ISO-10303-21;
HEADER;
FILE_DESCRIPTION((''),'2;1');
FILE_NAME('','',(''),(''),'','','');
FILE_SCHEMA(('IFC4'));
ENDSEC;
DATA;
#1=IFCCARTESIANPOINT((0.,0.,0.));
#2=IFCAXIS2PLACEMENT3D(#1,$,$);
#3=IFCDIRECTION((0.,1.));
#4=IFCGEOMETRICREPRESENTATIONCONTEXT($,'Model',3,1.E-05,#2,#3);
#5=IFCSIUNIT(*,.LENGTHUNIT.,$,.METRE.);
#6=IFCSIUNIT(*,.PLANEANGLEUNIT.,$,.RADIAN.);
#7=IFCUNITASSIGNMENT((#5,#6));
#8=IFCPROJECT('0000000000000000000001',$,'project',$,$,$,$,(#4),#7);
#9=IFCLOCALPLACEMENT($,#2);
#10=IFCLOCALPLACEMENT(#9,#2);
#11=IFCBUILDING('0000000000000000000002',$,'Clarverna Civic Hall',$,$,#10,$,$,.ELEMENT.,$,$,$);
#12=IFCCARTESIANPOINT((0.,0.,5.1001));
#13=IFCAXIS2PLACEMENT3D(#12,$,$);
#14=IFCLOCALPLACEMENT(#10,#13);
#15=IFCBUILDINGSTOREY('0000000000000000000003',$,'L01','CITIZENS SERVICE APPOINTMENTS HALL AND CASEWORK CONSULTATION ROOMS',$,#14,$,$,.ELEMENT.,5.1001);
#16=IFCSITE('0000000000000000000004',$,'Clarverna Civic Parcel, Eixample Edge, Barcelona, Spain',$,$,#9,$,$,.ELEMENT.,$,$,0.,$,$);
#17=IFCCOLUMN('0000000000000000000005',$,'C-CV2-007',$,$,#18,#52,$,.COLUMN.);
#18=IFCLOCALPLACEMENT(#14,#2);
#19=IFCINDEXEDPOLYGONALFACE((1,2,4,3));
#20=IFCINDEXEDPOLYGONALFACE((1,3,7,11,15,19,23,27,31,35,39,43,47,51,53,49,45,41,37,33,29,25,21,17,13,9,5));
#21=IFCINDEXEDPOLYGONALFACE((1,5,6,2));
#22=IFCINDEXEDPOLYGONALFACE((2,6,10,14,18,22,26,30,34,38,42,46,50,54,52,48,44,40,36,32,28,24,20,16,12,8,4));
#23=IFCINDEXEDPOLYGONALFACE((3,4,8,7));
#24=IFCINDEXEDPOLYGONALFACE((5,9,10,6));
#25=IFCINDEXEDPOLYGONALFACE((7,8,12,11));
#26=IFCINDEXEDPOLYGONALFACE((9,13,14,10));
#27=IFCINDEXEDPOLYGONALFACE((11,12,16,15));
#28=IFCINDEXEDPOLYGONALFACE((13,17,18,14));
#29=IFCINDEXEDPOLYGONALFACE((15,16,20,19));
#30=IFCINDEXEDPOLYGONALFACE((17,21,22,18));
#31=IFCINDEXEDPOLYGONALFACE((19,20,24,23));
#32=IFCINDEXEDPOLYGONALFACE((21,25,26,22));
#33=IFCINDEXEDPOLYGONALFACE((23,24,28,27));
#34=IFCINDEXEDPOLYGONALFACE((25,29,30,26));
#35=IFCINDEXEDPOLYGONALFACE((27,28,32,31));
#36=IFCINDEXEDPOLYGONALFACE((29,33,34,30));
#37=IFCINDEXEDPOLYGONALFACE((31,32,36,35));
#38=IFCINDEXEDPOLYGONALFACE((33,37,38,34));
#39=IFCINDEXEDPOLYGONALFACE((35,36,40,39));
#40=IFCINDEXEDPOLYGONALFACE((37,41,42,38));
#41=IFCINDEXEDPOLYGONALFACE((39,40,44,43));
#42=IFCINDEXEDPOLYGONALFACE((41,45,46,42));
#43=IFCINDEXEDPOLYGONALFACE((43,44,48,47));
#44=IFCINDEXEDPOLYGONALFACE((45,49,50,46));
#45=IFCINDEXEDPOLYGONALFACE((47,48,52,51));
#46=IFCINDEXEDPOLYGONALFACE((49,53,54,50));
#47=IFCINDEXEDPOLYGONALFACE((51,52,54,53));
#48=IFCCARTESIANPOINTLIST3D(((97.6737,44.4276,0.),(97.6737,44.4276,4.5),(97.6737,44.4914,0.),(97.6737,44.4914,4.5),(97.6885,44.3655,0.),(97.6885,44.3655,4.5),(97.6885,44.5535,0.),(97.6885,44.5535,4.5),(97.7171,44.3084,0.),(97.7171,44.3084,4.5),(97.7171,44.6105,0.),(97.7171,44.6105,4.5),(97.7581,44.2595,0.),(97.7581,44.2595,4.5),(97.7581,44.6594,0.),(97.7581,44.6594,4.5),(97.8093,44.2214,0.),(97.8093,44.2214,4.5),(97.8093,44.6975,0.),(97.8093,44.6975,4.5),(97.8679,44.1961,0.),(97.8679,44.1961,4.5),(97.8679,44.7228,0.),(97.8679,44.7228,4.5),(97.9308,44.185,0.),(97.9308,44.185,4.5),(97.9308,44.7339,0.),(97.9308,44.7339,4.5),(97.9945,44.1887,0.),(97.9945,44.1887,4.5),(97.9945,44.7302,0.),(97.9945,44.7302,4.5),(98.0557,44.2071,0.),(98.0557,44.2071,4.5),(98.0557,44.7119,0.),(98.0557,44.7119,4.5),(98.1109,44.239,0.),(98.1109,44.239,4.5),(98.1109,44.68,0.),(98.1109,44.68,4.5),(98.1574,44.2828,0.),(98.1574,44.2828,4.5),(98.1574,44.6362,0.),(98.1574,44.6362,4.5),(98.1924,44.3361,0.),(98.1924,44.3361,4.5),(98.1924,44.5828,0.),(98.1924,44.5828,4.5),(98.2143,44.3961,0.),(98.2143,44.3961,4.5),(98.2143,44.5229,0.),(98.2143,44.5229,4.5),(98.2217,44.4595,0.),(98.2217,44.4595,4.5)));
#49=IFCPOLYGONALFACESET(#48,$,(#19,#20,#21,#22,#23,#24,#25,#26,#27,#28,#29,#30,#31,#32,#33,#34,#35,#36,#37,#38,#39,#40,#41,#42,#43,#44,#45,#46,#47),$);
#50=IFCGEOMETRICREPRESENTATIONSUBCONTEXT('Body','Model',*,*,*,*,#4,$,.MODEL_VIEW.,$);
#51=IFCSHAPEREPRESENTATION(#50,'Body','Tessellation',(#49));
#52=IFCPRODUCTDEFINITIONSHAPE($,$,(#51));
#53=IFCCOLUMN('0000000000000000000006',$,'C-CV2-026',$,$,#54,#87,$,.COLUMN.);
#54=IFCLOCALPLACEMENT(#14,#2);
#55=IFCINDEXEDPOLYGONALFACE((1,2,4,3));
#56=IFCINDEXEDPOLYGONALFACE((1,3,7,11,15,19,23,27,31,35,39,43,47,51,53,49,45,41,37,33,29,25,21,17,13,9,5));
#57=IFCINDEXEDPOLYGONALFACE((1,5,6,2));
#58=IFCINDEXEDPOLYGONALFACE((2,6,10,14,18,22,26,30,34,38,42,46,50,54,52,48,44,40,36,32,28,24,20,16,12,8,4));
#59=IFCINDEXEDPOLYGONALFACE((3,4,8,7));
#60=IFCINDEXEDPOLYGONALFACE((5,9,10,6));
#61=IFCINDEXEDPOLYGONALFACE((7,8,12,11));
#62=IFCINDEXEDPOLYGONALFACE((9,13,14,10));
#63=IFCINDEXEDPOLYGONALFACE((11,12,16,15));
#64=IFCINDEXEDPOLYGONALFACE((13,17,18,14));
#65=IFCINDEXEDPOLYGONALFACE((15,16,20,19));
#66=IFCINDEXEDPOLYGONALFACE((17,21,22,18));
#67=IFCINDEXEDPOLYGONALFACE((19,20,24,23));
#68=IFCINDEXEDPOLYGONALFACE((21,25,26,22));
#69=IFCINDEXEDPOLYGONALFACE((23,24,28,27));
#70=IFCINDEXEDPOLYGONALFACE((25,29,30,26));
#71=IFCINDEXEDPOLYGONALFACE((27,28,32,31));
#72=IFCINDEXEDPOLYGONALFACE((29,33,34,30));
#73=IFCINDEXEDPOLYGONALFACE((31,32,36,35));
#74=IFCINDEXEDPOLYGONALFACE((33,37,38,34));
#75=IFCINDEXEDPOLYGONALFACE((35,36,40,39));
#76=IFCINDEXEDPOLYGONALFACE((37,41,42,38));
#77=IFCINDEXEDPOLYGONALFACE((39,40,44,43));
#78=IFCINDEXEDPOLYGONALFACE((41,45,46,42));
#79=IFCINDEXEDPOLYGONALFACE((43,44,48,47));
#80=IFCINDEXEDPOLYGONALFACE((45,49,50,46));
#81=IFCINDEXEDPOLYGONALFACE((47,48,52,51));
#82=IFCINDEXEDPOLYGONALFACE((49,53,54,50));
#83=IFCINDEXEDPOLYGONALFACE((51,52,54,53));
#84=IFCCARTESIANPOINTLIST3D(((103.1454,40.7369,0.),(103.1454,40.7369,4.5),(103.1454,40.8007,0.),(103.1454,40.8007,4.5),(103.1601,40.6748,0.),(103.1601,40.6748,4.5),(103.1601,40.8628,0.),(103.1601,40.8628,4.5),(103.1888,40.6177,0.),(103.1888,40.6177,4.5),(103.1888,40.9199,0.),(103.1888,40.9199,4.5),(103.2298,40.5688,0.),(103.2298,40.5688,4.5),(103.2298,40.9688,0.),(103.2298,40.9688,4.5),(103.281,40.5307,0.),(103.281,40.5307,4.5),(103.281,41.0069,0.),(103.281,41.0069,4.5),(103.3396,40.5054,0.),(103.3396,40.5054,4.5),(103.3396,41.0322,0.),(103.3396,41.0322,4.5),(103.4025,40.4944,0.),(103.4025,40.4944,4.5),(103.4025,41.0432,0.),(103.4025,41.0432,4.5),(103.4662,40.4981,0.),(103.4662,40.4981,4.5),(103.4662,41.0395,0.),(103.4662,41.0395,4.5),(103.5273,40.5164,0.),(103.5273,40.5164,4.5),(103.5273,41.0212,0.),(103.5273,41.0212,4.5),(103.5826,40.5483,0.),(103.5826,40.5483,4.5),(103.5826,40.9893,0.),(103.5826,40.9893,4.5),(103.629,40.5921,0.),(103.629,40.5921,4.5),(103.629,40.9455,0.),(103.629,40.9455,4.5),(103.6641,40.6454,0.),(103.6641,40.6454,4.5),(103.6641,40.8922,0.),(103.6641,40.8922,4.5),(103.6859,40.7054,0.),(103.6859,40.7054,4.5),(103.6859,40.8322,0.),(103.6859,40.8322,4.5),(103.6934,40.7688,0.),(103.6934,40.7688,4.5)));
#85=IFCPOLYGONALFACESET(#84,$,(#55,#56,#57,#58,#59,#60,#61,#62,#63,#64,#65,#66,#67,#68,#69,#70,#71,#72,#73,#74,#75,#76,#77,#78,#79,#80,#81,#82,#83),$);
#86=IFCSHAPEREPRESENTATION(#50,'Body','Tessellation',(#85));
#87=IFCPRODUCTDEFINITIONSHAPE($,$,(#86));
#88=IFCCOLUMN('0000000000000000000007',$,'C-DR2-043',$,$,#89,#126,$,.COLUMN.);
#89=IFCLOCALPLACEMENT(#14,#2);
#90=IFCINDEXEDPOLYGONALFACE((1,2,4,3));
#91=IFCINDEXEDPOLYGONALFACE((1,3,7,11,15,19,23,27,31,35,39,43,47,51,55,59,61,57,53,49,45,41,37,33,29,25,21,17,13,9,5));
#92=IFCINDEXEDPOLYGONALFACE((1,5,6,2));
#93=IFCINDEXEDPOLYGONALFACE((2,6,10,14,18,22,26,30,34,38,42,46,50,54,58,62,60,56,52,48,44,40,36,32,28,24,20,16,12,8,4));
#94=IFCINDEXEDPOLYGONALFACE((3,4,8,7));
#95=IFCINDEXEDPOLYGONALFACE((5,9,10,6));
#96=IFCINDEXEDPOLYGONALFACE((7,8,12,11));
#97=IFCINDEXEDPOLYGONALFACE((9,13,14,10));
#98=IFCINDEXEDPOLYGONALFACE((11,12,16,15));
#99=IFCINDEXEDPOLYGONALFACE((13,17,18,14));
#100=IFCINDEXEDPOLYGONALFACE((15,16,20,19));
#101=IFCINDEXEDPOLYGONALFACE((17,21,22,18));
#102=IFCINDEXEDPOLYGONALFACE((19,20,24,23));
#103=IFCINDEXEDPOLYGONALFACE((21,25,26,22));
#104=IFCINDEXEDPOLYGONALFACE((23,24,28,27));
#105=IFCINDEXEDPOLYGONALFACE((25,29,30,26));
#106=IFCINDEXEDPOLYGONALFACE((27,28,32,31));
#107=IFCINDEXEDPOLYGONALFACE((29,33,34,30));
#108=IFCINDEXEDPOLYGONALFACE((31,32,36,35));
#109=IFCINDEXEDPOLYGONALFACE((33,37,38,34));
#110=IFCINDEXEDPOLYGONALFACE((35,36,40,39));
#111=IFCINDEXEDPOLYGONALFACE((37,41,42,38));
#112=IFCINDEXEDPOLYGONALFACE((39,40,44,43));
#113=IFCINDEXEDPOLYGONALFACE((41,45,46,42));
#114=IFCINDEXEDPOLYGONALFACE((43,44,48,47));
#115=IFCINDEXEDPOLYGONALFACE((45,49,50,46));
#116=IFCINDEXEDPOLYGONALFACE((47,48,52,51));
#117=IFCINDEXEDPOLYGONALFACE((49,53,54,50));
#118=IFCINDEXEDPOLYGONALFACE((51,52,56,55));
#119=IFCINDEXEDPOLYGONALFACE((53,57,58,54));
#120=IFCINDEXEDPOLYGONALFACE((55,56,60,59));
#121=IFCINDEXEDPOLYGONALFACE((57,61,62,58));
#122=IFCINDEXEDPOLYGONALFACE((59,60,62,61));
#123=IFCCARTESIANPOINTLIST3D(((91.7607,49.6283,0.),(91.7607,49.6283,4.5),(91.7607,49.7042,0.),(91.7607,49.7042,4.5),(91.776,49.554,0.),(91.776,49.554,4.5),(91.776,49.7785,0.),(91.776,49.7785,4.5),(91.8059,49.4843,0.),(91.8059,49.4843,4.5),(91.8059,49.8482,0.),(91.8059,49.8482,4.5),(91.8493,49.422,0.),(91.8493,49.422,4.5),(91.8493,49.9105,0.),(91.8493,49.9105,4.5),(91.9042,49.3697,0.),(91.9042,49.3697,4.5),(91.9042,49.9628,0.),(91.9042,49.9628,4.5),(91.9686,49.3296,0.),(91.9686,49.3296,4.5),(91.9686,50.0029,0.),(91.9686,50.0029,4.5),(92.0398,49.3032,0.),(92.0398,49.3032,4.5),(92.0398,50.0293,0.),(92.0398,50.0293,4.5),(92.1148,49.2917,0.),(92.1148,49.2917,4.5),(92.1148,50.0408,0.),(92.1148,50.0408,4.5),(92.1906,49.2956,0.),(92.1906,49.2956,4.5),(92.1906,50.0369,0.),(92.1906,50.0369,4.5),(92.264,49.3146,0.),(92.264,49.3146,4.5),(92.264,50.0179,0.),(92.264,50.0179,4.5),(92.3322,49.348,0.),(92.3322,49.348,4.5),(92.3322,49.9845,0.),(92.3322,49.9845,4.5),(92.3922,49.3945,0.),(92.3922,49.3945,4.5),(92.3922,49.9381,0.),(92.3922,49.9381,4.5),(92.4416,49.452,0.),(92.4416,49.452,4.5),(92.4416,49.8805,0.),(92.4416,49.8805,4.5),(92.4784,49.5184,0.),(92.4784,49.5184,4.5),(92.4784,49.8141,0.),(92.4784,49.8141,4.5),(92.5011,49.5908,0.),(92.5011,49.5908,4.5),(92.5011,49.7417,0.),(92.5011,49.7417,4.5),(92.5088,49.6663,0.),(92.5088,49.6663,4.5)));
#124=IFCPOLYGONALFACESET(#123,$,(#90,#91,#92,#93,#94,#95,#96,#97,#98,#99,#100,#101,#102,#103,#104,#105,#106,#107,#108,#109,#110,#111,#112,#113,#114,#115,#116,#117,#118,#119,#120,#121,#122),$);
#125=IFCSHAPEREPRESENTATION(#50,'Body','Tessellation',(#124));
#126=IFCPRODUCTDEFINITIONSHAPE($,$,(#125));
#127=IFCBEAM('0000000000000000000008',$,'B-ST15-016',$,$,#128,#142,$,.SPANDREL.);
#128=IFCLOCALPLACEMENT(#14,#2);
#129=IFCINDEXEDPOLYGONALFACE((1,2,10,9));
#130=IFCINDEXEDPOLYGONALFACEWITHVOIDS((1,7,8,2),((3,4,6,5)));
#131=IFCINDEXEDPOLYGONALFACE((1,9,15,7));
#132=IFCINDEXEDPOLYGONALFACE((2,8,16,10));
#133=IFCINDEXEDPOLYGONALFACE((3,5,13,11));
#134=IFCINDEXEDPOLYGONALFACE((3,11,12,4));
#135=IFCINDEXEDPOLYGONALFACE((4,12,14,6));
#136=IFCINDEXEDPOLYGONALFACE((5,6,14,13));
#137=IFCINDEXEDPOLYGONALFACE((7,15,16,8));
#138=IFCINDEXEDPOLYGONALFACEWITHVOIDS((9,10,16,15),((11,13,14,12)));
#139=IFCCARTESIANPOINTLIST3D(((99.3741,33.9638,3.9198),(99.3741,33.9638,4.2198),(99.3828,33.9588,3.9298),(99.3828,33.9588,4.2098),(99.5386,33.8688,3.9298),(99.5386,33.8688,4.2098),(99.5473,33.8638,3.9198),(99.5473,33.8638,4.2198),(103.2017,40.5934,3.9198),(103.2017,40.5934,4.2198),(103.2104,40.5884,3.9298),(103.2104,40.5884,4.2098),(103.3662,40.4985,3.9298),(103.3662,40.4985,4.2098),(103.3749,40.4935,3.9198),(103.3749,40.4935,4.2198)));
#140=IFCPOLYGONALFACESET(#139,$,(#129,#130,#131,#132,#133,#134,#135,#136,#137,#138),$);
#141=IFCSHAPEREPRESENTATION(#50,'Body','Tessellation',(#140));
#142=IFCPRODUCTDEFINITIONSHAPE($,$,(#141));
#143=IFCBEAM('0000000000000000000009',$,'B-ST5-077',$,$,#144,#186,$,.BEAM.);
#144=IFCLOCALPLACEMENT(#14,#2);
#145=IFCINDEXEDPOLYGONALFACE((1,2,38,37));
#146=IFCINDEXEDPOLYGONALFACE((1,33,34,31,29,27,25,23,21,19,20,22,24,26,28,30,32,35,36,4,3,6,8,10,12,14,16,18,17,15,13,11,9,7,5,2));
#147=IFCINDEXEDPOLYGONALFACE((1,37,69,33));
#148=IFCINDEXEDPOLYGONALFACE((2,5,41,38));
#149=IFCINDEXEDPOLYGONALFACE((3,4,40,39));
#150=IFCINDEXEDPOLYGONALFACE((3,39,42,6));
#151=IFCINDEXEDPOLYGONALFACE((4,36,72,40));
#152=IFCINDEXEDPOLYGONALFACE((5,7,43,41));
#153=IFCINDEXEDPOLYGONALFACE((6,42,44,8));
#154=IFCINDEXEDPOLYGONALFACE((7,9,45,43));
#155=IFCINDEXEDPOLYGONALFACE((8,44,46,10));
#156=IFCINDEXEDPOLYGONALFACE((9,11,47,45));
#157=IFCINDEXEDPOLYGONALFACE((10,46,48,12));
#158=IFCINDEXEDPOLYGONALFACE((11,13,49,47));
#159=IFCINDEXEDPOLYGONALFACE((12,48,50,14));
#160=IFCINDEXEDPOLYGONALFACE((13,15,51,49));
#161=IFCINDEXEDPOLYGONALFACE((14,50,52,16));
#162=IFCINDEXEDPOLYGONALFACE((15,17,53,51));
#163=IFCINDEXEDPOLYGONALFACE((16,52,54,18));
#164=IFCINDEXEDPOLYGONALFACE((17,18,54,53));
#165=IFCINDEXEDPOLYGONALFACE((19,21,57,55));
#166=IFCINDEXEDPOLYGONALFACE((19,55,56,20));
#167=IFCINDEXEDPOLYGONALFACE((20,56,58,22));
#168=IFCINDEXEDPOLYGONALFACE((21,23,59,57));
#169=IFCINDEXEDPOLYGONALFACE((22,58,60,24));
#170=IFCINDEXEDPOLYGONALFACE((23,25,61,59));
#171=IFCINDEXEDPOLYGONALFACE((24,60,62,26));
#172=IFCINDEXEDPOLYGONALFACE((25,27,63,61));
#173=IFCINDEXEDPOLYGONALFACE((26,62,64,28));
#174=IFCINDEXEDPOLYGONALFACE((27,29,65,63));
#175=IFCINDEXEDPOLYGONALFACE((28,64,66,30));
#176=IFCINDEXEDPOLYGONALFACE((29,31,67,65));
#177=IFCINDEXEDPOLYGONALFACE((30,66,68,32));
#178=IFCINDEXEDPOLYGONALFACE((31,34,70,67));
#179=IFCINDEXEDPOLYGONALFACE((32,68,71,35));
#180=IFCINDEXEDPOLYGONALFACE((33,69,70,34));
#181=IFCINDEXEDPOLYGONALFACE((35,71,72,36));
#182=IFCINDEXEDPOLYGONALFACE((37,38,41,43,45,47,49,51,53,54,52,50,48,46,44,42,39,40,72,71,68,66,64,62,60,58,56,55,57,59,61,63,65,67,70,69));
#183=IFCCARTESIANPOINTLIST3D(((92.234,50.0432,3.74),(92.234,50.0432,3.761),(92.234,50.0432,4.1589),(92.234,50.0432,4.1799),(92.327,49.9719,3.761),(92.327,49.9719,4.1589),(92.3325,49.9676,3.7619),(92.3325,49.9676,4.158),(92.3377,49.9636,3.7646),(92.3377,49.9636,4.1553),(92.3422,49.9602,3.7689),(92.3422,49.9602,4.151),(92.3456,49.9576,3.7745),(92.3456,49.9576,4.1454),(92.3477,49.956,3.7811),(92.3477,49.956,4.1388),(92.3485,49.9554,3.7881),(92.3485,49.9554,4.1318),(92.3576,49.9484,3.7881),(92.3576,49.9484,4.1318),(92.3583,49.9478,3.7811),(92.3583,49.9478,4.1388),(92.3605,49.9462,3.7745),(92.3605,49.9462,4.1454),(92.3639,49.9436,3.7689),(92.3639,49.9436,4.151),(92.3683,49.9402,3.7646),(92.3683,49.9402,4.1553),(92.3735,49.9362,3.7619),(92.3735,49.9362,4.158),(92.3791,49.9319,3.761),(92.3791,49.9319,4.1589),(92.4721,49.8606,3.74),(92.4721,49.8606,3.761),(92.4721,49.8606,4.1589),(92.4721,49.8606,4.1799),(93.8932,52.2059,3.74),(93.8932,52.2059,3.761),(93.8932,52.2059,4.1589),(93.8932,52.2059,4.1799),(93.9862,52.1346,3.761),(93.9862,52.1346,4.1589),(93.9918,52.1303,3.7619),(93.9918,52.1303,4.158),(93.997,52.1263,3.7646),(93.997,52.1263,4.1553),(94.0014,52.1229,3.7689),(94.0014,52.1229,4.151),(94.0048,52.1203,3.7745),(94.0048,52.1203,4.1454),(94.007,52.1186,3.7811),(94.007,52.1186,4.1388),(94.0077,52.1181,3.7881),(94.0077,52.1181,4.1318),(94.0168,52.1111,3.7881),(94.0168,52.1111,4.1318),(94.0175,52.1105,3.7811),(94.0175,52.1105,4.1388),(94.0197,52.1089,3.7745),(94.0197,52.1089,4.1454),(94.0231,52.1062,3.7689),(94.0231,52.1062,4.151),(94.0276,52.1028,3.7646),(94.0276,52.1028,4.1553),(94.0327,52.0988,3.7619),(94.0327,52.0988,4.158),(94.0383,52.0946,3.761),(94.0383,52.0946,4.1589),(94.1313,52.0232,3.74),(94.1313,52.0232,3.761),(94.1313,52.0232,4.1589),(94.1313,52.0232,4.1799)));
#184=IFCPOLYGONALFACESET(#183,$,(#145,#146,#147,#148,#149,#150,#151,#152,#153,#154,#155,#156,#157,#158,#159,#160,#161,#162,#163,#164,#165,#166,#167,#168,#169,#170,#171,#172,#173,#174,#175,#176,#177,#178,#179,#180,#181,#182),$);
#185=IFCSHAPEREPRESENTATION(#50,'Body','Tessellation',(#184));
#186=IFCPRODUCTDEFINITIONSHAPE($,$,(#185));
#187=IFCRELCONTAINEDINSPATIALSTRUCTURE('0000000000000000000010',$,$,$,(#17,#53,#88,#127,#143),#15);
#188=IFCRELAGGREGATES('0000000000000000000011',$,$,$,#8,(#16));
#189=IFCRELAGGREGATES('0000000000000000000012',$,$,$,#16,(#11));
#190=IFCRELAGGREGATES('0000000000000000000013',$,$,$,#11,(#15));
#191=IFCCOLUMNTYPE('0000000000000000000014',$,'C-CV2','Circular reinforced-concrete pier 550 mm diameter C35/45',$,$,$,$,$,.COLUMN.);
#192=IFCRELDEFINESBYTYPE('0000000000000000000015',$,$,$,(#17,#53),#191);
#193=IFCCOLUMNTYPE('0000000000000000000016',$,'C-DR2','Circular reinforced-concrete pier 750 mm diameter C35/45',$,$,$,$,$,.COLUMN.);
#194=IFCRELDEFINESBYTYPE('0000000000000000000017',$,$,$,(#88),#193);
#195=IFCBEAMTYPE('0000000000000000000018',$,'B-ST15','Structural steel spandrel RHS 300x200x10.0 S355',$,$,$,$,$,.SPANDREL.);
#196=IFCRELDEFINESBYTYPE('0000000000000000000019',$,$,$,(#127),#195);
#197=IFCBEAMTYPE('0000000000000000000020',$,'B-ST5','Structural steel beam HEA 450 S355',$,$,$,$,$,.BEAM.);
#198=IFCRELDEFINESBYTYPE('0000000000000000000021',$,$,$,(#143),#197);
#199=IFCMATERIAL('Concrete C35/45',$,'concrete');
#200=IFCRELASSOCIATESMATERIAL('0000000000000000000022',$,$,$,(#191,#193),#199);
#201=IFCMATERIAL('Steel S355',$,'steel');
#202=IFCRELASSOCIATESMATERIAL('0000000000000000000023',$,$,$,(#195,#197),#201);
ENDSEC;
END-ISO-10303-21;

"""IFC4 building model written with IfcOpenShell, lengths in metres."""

from ifc_helpers import new_model, si_unit, direction, frame, origin, origin_2d, place, context, subcontext, project, spatial, hollow_rectangle, circle, i_section, extrude, material, material_profile, profile_set, type_object, element, save


model = new_model("IFC4")

# Units and contexts
model_context = context("Model", 3, precision=1e-05, world=origin(), true_north=direction((0.0, 1.0)))
body_context = subcontext(model_context, "Body", "Model", "MODEL_VIEW")
ifc_project = project(units=[si_unit("LENGTHUNIT", "METRE"), si_unit("PLANEANGLEUNIT", "RADIAN")], contexts=[model_context])

# Site, building, storey
site_placement = place(None, origin())
site = spatial("IfcSite", under=ifc_project, at=site_placement, Name="Clarverna Civic Parcel, Eixample Edge, Barcelona, Spain", CompositionType="ELEMENT", RefElevation=0.0)
building_placement = place(site_placement, origin())
building = spatial("IfcBuilding", under=site, at=building_placement, Name="Clarverna Civic Hall", CompositionType="ELEMENT")
storey_placement = place(building_placement, frame((0.0, 0.0, 5.1001)))
storey = spatial("IfcBuildingStorey", under=building, at=storey_placement, Name="L01", Description="CITIZENS SERVICE APPOINTMENTS HALL AND CASEWORK CONSULTATION ROOMS", CompositionType="ELEMENT", Elevation=5.1001)

# Columns
ifc_material_1 = material(Name="Concrete C35/45", Category="concrete")
ifc_material_profile_1 = material_profile(ifc_material_1, circle(Radius=0.2749, at=origin_2d()), Name="RC D550")
ifc_profile_set_1 = profile_set([ifc_material_profile_1], Name="Concrete C35/45")
column_type_1 = type_object("IfcColumnType", Name="C-CV2", Description="Circular reinforced-concrete pier 550 mm diameter C35/45", PredefinedType="COLUMN", material=ifc_profile_set_1)
for number, where, z_axis, x_axis, name in (
    (1, (97.9468, 44.4595, 0.0), (0.0, 0.0, 1.0), (1.0, 0.0, 0.0), "C-CV2-007"),
    (2, (103.4185, 40.7688, 0.0), (0.0, 0.0, 1.0), (1.0, 0.0, 0.0), "C-CV2-026"),
):
    element("IfcColumn", number, at=place(storey_placement, frame(where, z_axis=z_axis, x_axis=x_axis)), inside=storey, type_object=column_type_1, Name=name, PredefinedType="COLUMN", context=body_context, shape_type="SweptSolid", body=[
        extrude(circle(Radius=0.2749, at=origin_2d()), origin(), (0.0, 0.0, 1.0), 4.5),
    ])
ifc_material_profile_2 = material_profile(ifc_material_1, circle(Radius=0.375, at=origin_2d()), Name="RC D750")
ifc_profile_set_2 = profile_set([ifc_material_profile_2], Name="Concrete C35/45")
column_type_2 = type_object("IfcColumnType", Name="C-DR2", Description="Circular reinforced-concrete pier 750 mm diameter C35/45", PredefinedType="COLUMN", material=ifc_profile_set_2)
column_placement = place(storey_placement, frame((92.1338, 49.6663, 0.0), z_axis=(0.0, 0.0, 1.0), x_axis=(1.0, 0.0, 0.0)))
element("IfcColumn", 3, at=column_placement, inside=storey, type_object=column_type_2, Name="C-DR2-043", PredefinedType="COLUMN", context=body_context, shape_type="SweptSolid", body=[
    extrude(circle(Radius=0.375, at=origin_2d()), origin(), (0.0, 0.0, 1.0), 4.5),
])

# Beams
ifc_material_2 = material(Name="Steel S355", Category="steel")
ifc_material_profile_3 = material_profile(ifc_material_2, hollow_rectangle(XDim=0.2, YDim=0.3, WallThickness=0.01, at=origin_2d()), Name="RHS 300x200x10.0")
ifc_profile_set_3 = profile_set([ifc_material_profile_3], Name="Steel S355")
beam_type_1 = type_object("IfcBeamType", Name="B-ST15", Description="Structural steel spandrel RHS 300x200x10.0 S355", PredefinedType="SPANDREL", material=ifc_profile_set_3)
beam_1_placement = place(storey_placement, frame((103.2883, 40.5435, 4.0698), z_axis=(-0.500001, -0.866025, 0.0), x_axis=(0.866025, -0.500001, 0.0)))
element("IfcBeam", 4, at=beam_1_placement, inside=storey, type_object=beam_type_1, Name="B-ST15-016", PredefinedType="SPANDREL", context=body_context, shape_type="SweptSolid", body=[
    extrude(hollow_rectangle(XDim=0.2, YDim=0.3, WallThickness=0.01, at=origin_2d()), origin(), (0.0, 0.0, 1.0), 7.6553),
])
ifc_material_profile_4 = material_profile(ifc_material_2, i_section(OverallWidth=0.3, OverallDepth=0.4399, WebThickness=0.0115, FlangeThickness=0.021, FilletRadius=0.0271, at=origin_2d()), Name="HEA 450")
ifc_profile_set_4 = profile_set([ifc_material_profile_4], Name="Steel S355")
beam_type_2 = type_object("IfcBeamType", Name="B-ST5", Description="Structural steel beam HEA 450 S355", PredefinedType="BEAM", material=ifc_profile_set_4)
beam_2_placement = place(storey_placement, frame((92.353, 49.9519, 3.96), z_axis=(0.608706, 0.793396, 0.0), x_axis=(-0.793396, 0.608706, 0.0)))
element("IfcBeam", 5, at=beam_2_placement, inside=storey, type_object=beam_type_2, Name="B-ST5-077", PredefinedType="BEAM", context=body_context, shape_type="SweptSolid", body=[
    extrude(i_section(OverallWidth=0.3, OverallDepth=0.4399, WebThickness=0.0115, FlangeThickness=0.021, FilletRadius=0.0271, at=origin_2d()), origin(), (0.0, 0.0, 1.0), 2.7258),
])

save(model, "model.ifc")
